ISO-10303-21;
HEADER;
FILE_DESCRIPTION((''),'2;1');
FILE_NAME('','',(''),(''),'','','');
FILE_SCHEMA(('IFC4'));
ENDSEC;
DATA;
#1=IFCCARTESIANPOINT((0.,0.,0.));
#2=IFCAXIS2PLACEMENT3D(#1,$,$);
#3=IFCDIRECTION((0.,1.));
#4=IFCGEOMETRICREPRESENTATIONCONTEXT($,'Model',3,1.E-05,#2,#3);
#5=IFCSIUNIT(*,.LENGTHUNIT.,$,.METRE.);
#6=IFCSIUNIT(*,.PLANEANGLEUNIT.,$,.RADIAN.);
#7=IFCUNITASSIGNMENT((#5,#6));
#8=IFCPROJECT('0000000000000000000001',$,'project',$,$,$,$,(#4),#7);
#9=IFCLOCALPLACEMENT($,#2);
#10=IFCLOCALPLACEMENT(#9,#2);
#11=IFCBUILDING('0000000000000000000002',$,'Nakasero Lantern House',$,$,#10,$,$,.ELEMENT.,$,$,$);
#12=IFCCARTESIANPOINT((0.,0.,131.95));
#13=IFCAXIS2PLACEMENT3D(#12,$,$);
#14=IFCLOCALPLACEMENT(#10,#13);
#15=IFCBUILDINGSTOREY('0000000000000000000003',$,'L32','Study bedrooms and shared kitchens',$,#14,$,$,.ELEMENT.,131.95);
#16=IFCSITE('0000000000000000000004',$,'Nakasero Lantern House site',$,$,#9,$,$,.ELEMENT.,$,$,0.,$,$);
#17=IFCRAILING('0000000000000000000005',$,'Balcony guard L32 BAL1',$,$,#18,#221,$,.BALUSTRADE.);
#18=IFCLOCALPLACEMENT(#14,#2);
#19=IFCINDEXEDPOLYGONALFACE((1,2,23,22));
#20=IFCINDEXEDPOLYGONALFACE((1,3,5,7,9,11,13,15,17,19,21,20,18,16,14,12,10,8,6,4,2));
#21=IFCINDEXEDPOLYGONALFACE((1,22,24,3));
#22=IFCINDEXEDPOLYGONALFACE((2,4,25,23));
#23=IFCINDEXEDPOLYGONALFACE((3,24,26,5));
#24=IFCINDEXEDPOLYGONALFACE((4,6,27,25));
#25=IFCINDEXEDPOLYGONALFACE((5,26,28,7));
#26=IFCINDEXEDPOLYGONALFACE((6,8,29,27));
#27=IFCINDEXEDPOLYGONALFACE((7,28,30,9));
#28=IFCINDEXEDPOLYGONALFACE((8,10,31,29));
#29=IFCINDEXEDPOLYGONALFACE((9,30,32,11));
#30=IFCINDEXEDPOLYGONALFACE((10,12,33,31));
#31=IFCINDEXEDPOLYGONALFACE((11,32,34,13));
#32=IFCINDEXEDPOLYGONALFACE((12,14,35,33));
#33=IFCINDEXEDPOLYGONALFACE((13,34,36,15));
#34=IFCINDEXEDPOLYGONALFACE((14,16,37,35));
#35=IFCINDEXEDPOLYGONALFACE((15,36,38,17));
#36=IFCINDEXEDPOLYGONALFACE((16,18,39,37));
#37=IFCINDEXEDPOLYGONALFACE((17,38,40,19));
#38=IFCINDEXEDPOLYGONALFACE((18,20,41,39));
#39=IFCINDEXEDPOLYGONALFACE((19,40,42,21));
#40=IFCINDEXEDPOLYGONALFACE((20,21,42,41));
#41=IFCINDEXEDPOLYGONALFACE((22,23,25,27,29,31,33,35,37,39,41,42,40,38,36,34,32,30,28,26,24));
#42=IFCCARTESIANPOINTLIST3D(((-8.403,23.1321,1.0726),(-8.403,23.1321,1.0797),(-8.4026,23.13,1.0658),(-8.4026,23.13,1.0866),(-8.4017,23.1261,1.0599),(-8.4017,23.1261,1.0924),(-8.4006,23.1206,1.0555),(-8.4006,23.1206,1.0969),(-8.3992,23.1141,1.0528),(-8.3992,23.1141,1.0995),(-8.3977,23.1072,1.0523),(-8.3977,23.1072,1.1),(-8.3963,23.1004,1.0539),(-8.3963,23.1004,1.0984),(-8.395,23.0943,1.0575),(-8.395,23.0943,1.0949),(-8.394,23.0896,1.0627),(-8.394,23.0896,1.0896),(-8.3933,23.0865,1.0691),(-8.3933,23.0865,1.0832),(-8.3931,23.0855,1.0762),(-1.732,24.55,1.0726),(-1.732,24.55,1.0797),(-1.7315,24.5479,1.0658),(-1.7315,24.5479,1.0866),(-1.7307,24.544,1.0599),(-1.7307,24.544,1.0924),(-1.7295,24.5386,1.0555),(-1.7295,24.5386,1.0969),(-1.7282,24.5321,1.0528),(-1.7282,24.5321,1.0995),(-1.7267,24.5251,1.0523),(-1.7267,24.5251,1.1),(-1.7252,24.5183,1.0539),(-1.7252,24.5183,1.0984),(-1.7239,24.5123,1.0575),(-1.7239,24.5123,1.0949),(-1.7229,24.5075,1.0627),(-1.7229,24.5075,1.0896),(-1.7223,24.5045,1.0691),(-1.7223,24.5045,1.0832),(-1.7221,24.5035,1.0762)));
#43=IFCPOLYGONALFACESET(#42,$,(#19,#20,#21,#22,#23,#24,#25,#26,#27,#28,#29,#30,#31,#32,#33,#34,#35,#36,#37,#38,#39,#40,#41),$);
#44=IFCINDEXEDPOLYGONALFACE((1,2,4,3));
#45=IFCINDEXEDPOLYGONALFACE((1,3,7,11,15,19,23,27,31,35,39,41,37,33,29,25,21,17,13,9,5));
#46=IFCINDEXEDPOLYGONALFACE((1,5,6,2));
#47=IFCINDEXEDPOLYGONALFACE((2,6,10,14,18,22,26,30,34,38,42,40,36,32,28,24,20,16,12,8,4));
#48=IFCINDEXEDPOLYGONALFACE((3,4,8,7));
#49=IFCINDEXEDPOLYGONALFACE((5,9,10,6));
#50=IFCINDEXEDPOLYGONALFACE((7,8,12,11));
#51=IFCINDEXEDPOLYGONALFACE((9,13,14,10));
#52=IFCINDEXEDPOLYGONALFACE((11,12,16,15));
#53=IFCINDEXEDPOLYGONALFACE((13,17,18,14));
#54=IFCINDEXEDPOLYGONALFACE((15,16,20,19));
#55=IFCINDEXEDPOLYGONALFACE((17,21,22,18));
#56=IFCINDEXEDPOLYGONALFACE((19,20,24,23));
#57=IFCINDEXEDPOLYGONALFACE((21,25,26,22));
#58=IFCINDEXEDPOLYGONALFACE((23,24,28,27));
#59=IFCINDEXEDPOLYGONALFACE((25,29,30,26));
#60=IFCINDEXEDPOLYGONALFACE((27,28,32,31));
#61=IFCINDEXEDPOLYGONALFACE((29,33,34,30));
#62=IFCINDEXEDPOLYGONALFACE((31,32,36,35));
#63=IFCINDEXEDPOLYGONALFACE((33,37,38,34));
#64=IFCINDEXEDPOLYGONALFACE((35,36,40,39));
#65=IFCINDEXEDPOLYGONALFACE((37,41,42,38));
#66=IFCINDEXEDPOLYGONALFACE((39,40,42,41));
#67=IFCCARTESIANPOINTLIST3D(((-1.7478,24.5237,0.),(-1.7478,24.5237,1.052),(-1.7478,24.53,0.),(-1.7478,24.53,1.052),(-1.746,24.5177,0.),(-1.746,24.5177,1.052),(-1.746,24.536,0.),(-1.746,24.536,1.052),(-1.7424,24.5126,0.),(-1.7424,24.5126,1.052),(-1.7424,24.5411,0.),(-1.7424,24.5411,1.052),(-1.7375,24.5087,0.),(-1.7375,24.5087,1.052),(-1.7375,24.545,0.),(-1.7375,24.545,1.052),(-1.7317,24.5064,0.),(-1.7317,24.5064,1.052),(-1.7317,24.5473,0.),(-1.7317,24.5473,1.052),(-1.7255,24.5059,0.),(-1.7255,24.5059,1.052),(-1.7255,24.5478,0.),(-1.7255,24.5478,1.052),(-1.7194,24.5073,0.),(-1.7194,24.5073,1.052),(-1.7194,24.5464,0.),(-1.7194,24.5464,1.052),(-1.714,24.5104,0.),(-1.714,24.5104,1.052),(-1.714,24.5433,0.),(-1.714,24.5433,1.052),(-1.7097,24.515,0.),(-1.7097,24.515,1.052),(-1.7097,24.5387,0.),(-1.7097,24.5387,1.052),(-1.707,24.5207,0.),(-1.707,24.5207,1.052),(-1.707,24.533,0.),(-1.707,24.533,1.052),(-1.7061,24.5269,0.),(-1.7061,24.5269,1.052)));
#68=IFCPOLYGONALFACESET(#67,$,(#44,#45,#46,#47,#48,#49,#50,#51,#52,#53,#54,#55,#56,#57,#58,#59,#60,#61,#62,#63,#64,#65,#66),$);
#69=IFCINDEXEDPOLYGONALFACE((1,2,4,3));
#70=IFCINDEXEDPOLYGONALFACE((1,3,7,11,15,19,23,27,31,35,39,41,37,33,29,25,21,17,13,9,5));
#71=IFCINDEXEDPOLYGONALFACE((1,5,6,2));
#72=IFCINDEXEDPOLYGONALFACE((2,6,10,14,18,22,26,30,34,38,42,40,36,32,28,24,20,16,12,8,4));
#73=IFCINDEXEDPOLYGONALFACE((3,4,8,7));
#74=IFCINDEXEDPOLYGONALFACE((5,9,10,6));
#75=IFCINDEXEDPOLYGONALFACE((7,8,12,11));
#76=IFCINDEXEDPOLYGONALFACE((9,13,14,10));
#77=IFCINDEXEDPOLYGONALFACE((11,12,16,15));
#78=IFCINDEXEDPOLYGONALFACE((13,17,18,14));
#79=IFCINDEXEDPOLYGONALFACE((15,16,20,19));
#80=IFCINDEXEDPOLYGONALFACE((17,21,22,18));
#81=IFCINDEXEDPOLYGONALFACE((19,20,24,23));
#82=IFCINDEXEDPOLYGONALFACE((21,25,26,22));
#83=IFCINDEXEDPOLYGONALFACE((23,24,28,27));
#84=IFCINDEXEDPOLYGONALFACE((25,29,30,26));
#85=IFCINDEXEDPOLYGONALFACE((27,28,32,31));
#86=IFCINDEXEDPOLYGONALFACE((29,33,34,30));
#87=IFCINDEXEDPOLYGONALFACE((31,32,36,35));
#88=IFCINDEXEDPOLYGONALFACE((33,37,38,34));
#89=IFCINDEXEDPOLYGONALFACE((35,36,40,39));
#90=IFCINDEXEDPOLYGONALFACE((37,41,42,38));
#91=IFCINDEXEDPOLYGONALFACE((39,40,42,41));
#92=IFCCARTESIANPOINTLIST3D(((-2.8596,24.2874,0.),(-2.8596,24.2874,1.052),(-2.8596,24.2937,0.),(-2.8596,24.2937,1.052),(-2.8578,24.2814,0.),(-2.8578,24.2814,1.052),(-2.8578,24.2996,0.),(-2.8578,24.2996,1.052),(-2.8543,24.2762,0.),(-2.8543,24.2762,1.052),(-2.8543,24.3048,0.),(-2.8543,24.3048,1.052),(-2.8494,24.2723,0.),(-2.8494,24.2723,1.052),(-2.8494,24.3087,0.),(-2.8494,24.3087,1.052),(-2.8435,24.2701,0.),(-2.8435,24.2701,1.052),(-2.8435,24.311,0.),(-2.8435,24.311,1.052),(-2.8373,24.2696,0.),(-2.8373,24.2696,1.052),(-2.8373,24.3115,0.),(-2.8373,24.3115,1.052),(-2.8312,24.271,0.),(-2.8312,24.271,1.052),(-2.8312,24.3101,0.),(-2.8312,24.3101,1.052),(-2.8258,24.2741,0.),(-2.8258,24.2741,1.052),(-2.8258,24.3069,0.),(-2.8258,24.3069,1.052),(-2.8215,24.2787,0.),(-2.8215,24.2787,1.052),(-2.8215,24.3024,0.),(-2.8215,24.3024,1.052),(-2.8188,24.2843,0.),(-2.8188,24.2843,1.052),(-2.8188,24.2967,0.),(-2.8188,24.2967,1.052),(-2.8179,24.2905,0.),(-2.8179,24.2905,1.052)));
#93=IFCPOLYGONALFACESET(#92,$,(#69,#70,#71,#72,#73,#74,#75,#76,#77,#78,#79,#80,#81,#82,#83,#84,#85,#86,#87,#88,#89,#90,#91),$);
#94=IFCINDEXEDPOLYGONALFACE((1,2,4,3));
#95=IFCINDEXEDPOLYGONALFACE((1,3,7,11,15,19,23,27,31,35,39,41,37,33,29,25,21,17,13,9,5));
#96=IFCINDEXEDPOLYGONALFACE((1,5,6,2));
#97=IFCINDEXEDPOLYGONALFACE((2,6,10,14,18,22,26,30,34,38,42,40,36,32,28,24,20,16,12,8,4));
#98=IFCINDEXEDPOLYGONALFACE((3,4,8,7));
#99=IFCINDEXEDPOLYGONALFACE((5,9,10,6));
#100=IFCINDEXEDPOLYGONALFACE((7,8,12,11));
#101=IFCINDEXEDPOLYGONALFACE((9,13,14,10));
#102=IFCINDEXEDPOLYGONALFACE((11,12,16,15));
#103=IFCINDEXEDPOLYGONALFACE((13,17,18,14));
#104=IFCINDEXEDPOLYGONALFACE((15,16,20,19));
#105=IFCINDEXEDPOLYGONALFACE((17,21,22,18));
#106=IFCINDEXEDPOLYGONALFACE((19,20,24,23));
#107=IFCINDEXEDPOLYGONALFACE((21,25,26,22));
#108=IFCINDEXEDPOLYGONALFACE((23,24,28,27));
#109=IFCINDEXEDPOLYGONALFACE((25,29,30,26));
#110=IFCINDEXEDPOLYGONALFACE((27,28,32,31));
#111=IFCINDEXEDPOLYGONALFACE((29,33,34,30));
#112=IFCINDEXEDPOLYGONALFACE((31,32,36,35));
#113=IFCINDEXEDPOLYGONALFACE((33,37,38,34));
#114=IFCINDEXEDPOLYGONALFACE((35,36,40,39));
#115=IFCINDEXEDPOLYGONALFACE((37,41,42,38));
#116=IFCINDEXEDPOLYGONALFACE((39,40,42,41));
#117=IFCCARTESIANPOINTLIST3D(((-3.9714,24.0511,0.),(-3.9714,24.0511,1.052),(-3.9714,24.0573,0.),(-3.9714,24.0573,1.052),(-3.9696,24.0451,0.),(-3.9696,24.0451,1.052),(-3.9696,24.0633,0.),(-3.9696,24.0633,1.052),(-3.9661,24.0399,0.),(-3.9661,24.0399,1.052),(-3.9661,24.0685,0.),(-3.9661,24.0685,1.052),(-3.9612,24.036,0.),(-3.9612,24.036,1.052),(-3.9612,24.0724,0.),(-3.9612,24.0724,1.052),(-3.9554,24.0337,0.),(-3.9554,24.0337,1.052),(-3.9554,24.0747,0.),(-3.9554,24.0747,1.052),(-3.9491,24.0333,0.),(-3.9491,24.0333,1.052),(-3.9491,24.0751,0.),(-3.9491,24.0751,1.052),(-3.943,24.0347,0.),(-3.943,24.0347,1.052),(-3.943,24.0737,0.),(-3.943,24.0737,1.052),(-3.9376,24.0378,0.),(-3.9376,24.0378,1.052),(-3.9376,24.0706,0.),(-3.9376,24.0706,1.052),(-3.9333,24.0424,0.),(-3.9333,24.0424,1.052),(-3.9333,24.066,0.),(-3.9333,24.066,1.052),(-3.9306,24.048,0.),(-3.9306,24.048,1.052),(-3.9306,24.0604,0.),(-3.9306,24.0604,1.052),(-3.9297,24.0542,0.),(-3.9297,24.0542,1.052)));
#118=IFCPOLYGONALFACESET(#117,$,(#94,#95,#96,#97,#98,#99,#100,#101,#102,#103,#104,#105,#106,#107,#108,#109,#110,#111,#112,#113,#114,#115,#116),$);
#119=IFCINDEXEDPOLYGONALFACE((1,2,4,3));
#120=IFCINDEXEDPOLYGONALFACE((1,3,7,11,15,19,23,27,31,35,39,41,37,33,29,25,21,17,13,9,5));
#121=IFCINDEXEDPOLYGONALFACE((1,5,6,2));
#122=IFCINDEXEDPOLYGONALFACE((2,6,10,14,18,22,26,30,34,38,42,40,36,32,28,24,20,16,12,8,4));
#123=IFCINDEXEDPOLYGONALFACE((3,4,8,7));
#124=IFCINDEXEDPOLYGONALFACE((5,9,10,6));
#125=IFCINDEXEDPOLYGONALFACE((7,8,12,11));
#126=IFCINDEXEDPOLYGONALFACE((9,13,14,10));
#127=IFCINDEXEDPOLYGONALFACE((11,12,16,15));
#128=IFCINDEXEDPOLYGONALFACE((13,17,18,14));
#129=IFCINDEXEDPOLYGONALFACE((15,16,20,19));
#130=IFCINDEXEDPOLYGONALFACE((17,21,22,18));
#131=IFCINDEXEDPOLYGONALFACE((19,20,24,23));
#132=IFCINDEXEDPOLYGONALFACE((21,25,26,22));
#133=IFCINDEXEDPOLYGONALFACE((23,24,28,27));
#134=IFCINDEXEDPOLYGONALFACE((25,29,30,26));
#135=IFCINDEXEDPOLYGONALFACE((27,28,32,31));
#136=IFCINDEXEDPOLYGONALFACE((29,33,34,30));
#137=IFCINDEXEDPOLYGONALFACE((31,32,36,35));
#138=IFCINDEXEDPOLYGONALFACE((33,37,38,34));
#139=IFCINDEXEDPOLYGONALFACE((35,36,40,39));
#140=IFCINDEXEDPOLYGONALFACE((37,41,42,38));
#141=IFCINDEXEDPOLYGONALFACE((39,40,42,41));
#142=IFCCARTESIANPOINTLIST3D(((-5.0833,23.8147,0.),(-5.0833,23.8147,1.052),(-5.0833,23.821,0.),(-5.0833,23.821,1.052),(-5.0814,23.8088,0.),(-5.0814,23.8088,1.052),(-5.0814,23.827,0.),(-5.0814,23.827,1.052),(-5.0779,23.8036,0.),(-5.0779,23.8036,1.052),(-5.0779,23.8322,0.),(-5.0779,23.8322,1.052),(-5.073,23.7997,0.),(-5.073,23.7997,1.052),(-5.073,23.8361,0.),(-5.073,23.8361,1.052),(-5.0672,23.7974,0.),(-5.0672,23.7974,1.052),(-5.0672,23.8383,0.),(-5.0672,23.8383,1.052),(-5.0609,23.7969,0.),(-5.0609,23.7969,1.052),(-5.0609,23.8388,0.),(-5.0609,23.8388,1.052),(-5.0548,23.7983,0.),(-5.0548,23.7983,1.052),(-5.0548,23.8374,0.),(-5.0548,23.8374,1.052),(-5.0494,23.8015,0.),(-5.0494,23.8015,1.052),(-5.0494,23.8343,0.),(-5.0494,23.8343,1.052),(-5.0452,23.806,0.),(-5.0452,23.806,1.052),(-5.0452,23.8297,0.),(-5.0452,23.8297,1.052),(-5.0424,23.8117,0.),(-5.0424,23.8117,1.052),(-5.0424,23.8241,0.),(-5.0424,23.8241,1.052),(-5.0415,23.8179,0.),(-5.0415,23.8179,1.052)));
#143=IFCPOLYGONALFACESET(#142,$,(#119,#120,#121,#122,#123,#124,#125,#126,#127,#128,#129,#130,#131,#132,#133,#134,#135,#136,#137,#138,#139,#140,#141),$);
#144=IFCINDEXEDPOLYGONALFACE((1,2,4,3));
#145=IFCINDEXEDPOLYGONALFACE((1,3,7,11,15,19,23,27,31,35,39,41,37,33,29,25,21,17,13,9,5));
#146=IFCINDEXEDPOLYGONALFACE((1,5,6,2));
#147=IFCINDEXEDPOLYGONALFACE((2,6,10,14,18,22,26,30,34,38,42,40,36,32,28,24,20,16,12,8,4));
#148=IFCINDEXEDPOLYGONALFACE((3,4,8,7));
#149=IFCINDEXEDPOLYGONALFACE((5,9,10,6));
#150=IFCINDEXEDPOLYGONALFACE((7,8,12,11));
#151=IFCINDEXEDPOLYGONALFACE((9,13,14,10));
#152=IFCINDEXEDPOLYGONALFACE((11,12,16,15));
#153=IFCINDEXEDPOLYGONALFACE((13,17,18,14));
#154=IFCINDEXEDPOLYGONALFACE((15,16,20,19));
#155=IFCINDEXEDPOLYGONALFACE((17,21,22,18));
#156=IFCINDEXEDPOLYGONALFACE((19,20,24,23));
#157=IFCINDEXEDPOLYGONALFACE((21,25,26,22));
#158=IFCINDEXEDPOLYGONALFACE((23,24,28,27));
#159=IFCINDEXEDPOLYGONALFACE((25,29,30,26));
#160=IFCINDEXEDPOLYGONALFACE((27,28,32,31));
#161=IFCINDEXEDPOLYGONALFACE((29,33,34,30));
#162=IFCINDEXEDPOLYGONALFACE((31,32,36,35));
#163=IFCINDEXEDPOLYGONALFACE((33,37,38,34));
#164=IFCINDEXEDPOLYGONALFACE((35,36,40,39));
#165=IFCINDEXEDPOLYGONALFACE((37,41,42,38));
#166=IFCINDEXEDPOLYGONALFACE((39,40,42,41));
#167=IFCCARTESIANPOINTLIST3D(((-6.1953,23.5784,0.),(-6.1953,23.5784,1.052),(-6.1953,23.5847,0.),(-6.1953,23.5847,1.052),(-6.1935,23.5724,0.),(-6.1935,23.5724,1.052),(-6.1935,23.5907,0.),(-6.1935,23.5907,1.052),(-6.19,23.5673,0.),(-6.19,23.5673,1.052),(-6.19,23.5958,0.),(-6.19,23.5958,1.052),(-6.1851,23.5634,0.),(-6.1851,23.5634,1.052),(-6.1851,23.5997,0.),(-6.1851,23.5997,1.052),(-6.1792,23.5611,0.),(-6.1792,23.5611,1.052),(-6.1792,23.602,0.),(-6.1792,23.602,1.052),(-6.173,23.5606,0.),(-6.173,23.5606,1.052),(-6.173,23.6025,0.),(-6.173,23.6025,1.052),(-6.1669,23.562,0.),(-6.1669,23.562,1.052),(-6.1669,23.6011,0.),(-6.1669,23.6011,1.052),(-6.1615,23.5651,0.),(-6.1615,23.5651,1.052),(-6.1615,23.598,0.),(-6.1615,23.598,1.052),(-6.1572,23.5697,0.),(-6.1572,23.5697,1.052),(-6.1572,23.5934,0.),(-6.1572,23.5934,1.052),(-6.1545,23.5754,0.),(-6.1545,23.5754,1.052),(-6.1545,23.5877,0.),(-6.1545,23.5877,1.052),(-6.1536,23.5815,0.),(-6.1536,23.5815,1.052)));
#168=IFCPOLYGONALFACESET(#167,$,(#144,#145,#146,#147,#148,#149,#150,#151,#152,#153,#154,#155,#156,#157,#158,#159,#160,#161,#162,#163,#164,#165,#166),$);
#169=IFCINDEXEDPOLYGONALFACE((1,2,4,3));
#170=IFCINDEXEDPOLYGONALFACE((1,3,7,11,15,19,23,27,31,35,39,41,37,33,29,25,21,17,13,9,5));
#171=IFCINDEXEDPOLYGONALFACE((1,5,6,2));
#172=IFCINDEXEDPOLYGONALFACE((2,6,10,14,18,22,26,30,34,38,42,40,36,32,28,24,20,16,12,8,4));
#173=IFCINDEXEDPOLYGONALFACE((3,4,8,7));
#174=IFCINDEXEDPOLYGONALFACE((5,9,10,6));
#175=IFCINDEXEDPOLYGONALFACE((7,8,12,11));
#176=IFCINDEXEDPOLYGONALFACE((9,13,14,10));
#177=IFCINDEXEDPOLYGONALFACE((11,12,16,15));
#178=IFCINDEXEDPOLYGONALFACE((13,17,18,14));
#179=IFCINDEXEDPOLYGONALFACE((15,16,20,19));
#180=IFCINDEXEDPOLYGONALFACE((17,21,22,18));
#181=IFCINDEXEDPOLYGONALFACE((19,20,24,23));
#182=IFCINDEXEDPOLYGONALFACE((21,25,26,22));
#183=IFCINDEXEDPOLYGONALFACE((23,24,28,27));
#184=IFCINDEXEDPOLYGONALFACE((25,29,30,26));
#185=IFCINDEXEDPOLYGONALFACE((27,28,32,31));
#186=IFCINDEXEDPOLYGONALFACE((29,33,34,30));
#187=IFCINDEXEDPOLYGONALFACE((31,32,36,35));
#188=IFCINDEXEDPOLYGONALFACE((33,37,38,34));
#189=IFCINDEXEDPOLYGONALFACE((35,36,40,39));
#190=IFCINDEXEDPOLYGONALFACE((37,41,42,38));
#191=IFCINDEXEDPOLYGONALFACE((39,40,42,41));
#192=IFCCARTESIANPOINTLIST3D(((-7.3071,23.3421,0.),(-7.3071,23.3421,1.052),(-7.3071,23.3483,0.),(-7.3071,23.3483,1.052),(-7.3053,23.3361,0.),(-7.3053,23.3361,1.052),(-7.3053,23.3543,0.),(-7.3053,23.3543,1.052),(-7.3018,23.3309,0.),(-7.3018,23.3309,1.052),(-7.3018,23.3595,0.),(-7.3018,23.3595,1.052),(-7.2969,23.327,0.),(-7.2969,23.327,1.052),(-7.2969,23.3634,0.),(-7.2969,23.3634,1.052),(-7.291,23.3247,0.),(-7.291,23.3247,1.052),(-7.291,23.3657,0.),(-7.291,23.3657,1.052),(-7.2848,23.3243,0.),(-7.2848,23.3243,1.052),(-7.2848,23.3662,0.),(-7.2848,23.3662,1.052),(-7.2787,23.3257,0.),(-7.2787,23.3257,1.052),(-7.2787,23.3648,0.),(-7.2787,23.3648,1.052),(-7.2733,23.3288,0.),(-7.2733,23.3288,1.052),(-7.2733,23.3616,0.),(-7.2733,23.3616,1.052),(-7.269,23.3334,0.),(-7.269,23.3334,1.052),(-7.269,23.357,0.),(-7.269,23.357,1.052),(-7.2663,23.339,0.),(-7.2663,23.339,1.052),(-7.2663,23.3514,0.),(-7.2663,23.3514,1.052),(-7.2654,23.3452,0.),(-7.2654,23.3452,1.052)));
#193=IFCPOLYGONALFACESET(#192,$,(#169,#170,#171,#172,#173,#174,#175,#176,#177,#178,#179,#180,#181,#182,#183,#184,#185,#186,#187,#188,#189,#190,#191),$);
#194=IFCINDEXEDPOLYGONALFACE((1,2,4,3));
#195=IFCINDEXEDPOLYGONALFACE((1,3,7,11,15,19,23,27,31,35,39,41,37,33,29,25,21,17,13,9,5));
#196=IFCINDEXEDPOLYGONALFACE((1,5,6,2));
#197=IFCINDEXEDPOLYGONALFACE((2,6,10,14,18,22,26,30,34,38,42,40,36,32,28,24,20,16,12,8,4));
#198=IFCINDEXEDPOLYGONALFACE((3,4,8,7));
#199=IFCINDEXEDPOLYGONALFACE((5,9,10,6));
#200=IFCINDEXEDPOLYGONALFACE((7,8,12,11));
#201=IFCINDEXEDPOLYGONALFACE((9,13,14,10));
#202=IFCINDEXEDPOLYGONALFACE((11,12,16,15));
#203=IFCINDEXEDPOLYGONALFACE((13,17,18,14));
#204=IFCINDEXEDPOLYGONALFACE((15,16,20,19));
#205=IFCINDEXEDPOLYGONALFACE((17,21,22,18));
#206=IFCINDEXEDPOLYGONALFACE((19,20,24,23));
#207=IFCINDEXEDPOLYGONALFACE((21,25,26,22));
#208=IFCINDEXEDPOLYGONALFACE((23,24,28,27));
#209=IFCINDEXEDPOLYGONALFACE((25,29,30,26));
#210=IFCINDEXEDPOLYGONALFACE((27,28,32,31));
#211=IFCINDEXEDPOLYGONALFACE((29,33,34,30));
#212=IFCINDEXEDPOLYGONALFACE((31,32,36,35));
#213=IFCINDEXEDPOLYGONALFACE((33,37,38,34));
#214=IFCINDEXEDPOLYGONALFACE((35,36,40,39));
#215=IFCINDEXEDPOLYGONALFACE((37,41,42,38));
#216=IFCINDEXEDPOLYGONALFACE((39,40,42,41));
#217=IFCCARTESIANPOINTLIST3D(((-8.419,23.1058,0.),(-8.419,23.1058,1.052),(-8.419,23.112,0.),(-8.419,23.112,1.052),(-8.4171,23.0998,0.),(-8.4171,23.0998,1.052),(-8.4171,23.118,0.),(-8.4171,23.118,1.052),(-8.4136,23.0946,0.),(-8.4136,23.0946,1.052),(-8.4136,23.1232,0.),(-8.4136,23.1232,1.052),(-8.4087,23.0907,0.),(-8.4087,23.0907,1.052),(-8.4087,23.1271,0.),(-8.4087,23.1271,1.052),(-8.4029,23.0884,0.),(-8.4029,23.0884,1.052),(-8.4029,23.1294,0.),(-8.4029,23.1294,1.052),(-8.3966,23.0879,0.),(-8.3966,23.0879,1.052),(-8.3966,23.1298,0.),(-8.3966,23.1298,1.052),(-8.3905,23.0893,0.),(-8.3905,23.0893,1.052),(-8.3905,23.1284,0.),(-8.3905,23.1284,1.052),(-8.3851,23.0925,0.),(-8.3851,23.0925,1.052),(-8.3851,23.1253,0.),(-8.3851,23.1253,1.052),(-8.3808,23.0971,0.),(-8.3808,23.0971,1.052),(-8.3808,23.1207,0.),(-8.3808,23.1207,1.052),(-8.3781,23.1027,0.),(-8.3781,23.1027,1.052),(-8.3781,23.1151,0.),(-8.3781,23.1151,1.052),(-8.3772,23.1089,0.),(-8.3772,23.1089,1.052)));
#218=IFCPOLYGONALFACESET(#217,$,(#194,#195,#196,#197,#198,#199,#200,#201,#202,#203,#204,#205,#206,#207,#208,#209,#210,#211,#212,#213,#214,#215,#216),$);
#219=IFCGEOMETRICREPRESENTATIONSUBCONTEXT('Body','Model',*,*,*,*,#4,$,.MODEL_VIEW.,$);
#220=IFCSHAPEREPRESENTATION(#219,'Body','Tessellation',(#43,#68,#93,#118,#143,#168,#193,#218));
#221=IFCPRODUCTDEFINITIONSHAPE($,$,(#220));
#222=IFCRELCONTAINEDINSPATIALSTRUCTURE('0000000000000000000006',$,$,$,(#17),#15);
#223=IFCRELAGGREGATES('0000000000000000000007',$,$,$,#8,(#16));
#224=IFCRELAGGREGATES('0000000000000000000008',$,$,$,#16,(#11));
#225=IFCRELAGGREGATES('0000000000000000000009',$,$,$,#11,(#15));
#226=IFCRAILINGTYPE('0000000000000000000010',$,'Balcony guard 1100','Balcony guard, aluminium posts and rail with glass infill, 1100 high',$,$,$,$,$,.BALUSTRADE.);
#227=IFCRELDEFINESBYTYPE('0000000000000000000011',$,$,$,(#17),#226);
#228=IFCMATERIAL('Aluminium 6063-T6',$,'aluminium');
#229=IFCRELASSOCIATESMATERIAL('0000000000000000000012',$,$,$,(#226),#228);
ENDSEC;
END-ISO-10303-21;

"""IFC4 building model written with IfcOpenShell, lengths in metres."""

from ifc_helpers import new_model, si_unit, direction, frame, origin, origin_2d, place, context, subcontext, project, spatial, circle, extrude, material, type_object, element, save


model = new_model("IFC4")

# Units and contexts
model_context = context("Model", 3, precision=1e-05, world=origin(), true_north=direction((0.0, 1.0)))
body_context = subcontext(model_context, "Body", "Model", "MODEL_VIEW")
ifc_project = project(units=[si_unit("LENGTHUNIT", "METRE"), si_unit("PLANEANGLEUNIT", "RADIAN")], contexts=[model_context])

# Site, building, storey
site_placement = place(None, origin())
site = spatial("IfcSite", under=ifc_project, at=site_placement, Name="Nakasero Lantern House site", CompositionType="ELEMENT", RefElevation=0.0)
building_placement = place(site_placement, origin())
building = spatial("IfcBuilding", under=site, at=building_placement, Name="Nakasero Lantern House", CompositionType="ELEMENT")
storey_placement = place(building_placement, frame((0.0, 0.0, 131.95)))
storey = spatial("IfcBuildingStorey", under=building, at=storey_placement, Name="L32", Description="Study bedrooms and shared kitchens", CompositionType="ELEMENT", Elevation=131.95)

# Railing
ifc_material_1 = material(Name="Aluminium 6063-T6", Category="aluminium")
railing_type = type_object("IfcRailingType", Name="Balcony guard 1100", Description="Balcony guard, aluminium posts and rail with glass infill, 1100 high", PredefinedType="BALUSTRADE", material=ifc_material_1)
railing_placement = place(storey_placement, frame((-1.7271, 24.5269, 0.0)))
element("IfcRailing", 1, at=railing_placement, inside=storey, type_object=railing_type, Name="Balcony guard L32 BAL1", PredefinedType="BALUSTRADE", context=body_context, shape_type="SweptSolid", body=[
    extrude(circle(Radius=0.0239, at=origin_2d()), frame((0.0, 0.0, 1.0762), z_axis=(-0.978148, -0.207908, 0.0), x_axis=(0.207908, -0.978148, 0.0)), (0.0, 0.0, 1.0), 6.8201),
    extrude(circle(Radius=0.021, at=origin_2d()), origin(), (0.0, 0.0, 1.0), 1.052),
    extrude(circle(Radius=0.021, at=origin_2d()), frame((-1.1118, -0.2363, 0.0)), (0.0, 0.0, 1.0), 1.052),
    extrude(circle(Radius=0.021, at=origin_2d()), frame((-2.2236, -0.4727, 0.0)), (0.0, 0.0, 1.0), 1.052),
    extrude(circle(Radius=0.021, at=origin_2d()), frame((-3.3354, -0.709, 0.0)), (0.0, 0.0, 1.0), 1.052),
    extrude(circle(Radius=0.021, at=origin_2d()), frame((-4.4475, -0.9453, 0.0)), (0.0, 0.0, 1.0), 1.052),
    extrude(circle(Radius=0.021, at=origin_2d()), frame((-5.5593, -1.1816, 0.0)), (0.0, 0.0, 1.0), 1.052),
    extrude(circle(Radius=0.021, at=origin_2d()), frame((-6.6711, -1.418, 0.0)), (0.0, 0.0, 1.0), 1.052),
])

save(model, "model.ifc")
